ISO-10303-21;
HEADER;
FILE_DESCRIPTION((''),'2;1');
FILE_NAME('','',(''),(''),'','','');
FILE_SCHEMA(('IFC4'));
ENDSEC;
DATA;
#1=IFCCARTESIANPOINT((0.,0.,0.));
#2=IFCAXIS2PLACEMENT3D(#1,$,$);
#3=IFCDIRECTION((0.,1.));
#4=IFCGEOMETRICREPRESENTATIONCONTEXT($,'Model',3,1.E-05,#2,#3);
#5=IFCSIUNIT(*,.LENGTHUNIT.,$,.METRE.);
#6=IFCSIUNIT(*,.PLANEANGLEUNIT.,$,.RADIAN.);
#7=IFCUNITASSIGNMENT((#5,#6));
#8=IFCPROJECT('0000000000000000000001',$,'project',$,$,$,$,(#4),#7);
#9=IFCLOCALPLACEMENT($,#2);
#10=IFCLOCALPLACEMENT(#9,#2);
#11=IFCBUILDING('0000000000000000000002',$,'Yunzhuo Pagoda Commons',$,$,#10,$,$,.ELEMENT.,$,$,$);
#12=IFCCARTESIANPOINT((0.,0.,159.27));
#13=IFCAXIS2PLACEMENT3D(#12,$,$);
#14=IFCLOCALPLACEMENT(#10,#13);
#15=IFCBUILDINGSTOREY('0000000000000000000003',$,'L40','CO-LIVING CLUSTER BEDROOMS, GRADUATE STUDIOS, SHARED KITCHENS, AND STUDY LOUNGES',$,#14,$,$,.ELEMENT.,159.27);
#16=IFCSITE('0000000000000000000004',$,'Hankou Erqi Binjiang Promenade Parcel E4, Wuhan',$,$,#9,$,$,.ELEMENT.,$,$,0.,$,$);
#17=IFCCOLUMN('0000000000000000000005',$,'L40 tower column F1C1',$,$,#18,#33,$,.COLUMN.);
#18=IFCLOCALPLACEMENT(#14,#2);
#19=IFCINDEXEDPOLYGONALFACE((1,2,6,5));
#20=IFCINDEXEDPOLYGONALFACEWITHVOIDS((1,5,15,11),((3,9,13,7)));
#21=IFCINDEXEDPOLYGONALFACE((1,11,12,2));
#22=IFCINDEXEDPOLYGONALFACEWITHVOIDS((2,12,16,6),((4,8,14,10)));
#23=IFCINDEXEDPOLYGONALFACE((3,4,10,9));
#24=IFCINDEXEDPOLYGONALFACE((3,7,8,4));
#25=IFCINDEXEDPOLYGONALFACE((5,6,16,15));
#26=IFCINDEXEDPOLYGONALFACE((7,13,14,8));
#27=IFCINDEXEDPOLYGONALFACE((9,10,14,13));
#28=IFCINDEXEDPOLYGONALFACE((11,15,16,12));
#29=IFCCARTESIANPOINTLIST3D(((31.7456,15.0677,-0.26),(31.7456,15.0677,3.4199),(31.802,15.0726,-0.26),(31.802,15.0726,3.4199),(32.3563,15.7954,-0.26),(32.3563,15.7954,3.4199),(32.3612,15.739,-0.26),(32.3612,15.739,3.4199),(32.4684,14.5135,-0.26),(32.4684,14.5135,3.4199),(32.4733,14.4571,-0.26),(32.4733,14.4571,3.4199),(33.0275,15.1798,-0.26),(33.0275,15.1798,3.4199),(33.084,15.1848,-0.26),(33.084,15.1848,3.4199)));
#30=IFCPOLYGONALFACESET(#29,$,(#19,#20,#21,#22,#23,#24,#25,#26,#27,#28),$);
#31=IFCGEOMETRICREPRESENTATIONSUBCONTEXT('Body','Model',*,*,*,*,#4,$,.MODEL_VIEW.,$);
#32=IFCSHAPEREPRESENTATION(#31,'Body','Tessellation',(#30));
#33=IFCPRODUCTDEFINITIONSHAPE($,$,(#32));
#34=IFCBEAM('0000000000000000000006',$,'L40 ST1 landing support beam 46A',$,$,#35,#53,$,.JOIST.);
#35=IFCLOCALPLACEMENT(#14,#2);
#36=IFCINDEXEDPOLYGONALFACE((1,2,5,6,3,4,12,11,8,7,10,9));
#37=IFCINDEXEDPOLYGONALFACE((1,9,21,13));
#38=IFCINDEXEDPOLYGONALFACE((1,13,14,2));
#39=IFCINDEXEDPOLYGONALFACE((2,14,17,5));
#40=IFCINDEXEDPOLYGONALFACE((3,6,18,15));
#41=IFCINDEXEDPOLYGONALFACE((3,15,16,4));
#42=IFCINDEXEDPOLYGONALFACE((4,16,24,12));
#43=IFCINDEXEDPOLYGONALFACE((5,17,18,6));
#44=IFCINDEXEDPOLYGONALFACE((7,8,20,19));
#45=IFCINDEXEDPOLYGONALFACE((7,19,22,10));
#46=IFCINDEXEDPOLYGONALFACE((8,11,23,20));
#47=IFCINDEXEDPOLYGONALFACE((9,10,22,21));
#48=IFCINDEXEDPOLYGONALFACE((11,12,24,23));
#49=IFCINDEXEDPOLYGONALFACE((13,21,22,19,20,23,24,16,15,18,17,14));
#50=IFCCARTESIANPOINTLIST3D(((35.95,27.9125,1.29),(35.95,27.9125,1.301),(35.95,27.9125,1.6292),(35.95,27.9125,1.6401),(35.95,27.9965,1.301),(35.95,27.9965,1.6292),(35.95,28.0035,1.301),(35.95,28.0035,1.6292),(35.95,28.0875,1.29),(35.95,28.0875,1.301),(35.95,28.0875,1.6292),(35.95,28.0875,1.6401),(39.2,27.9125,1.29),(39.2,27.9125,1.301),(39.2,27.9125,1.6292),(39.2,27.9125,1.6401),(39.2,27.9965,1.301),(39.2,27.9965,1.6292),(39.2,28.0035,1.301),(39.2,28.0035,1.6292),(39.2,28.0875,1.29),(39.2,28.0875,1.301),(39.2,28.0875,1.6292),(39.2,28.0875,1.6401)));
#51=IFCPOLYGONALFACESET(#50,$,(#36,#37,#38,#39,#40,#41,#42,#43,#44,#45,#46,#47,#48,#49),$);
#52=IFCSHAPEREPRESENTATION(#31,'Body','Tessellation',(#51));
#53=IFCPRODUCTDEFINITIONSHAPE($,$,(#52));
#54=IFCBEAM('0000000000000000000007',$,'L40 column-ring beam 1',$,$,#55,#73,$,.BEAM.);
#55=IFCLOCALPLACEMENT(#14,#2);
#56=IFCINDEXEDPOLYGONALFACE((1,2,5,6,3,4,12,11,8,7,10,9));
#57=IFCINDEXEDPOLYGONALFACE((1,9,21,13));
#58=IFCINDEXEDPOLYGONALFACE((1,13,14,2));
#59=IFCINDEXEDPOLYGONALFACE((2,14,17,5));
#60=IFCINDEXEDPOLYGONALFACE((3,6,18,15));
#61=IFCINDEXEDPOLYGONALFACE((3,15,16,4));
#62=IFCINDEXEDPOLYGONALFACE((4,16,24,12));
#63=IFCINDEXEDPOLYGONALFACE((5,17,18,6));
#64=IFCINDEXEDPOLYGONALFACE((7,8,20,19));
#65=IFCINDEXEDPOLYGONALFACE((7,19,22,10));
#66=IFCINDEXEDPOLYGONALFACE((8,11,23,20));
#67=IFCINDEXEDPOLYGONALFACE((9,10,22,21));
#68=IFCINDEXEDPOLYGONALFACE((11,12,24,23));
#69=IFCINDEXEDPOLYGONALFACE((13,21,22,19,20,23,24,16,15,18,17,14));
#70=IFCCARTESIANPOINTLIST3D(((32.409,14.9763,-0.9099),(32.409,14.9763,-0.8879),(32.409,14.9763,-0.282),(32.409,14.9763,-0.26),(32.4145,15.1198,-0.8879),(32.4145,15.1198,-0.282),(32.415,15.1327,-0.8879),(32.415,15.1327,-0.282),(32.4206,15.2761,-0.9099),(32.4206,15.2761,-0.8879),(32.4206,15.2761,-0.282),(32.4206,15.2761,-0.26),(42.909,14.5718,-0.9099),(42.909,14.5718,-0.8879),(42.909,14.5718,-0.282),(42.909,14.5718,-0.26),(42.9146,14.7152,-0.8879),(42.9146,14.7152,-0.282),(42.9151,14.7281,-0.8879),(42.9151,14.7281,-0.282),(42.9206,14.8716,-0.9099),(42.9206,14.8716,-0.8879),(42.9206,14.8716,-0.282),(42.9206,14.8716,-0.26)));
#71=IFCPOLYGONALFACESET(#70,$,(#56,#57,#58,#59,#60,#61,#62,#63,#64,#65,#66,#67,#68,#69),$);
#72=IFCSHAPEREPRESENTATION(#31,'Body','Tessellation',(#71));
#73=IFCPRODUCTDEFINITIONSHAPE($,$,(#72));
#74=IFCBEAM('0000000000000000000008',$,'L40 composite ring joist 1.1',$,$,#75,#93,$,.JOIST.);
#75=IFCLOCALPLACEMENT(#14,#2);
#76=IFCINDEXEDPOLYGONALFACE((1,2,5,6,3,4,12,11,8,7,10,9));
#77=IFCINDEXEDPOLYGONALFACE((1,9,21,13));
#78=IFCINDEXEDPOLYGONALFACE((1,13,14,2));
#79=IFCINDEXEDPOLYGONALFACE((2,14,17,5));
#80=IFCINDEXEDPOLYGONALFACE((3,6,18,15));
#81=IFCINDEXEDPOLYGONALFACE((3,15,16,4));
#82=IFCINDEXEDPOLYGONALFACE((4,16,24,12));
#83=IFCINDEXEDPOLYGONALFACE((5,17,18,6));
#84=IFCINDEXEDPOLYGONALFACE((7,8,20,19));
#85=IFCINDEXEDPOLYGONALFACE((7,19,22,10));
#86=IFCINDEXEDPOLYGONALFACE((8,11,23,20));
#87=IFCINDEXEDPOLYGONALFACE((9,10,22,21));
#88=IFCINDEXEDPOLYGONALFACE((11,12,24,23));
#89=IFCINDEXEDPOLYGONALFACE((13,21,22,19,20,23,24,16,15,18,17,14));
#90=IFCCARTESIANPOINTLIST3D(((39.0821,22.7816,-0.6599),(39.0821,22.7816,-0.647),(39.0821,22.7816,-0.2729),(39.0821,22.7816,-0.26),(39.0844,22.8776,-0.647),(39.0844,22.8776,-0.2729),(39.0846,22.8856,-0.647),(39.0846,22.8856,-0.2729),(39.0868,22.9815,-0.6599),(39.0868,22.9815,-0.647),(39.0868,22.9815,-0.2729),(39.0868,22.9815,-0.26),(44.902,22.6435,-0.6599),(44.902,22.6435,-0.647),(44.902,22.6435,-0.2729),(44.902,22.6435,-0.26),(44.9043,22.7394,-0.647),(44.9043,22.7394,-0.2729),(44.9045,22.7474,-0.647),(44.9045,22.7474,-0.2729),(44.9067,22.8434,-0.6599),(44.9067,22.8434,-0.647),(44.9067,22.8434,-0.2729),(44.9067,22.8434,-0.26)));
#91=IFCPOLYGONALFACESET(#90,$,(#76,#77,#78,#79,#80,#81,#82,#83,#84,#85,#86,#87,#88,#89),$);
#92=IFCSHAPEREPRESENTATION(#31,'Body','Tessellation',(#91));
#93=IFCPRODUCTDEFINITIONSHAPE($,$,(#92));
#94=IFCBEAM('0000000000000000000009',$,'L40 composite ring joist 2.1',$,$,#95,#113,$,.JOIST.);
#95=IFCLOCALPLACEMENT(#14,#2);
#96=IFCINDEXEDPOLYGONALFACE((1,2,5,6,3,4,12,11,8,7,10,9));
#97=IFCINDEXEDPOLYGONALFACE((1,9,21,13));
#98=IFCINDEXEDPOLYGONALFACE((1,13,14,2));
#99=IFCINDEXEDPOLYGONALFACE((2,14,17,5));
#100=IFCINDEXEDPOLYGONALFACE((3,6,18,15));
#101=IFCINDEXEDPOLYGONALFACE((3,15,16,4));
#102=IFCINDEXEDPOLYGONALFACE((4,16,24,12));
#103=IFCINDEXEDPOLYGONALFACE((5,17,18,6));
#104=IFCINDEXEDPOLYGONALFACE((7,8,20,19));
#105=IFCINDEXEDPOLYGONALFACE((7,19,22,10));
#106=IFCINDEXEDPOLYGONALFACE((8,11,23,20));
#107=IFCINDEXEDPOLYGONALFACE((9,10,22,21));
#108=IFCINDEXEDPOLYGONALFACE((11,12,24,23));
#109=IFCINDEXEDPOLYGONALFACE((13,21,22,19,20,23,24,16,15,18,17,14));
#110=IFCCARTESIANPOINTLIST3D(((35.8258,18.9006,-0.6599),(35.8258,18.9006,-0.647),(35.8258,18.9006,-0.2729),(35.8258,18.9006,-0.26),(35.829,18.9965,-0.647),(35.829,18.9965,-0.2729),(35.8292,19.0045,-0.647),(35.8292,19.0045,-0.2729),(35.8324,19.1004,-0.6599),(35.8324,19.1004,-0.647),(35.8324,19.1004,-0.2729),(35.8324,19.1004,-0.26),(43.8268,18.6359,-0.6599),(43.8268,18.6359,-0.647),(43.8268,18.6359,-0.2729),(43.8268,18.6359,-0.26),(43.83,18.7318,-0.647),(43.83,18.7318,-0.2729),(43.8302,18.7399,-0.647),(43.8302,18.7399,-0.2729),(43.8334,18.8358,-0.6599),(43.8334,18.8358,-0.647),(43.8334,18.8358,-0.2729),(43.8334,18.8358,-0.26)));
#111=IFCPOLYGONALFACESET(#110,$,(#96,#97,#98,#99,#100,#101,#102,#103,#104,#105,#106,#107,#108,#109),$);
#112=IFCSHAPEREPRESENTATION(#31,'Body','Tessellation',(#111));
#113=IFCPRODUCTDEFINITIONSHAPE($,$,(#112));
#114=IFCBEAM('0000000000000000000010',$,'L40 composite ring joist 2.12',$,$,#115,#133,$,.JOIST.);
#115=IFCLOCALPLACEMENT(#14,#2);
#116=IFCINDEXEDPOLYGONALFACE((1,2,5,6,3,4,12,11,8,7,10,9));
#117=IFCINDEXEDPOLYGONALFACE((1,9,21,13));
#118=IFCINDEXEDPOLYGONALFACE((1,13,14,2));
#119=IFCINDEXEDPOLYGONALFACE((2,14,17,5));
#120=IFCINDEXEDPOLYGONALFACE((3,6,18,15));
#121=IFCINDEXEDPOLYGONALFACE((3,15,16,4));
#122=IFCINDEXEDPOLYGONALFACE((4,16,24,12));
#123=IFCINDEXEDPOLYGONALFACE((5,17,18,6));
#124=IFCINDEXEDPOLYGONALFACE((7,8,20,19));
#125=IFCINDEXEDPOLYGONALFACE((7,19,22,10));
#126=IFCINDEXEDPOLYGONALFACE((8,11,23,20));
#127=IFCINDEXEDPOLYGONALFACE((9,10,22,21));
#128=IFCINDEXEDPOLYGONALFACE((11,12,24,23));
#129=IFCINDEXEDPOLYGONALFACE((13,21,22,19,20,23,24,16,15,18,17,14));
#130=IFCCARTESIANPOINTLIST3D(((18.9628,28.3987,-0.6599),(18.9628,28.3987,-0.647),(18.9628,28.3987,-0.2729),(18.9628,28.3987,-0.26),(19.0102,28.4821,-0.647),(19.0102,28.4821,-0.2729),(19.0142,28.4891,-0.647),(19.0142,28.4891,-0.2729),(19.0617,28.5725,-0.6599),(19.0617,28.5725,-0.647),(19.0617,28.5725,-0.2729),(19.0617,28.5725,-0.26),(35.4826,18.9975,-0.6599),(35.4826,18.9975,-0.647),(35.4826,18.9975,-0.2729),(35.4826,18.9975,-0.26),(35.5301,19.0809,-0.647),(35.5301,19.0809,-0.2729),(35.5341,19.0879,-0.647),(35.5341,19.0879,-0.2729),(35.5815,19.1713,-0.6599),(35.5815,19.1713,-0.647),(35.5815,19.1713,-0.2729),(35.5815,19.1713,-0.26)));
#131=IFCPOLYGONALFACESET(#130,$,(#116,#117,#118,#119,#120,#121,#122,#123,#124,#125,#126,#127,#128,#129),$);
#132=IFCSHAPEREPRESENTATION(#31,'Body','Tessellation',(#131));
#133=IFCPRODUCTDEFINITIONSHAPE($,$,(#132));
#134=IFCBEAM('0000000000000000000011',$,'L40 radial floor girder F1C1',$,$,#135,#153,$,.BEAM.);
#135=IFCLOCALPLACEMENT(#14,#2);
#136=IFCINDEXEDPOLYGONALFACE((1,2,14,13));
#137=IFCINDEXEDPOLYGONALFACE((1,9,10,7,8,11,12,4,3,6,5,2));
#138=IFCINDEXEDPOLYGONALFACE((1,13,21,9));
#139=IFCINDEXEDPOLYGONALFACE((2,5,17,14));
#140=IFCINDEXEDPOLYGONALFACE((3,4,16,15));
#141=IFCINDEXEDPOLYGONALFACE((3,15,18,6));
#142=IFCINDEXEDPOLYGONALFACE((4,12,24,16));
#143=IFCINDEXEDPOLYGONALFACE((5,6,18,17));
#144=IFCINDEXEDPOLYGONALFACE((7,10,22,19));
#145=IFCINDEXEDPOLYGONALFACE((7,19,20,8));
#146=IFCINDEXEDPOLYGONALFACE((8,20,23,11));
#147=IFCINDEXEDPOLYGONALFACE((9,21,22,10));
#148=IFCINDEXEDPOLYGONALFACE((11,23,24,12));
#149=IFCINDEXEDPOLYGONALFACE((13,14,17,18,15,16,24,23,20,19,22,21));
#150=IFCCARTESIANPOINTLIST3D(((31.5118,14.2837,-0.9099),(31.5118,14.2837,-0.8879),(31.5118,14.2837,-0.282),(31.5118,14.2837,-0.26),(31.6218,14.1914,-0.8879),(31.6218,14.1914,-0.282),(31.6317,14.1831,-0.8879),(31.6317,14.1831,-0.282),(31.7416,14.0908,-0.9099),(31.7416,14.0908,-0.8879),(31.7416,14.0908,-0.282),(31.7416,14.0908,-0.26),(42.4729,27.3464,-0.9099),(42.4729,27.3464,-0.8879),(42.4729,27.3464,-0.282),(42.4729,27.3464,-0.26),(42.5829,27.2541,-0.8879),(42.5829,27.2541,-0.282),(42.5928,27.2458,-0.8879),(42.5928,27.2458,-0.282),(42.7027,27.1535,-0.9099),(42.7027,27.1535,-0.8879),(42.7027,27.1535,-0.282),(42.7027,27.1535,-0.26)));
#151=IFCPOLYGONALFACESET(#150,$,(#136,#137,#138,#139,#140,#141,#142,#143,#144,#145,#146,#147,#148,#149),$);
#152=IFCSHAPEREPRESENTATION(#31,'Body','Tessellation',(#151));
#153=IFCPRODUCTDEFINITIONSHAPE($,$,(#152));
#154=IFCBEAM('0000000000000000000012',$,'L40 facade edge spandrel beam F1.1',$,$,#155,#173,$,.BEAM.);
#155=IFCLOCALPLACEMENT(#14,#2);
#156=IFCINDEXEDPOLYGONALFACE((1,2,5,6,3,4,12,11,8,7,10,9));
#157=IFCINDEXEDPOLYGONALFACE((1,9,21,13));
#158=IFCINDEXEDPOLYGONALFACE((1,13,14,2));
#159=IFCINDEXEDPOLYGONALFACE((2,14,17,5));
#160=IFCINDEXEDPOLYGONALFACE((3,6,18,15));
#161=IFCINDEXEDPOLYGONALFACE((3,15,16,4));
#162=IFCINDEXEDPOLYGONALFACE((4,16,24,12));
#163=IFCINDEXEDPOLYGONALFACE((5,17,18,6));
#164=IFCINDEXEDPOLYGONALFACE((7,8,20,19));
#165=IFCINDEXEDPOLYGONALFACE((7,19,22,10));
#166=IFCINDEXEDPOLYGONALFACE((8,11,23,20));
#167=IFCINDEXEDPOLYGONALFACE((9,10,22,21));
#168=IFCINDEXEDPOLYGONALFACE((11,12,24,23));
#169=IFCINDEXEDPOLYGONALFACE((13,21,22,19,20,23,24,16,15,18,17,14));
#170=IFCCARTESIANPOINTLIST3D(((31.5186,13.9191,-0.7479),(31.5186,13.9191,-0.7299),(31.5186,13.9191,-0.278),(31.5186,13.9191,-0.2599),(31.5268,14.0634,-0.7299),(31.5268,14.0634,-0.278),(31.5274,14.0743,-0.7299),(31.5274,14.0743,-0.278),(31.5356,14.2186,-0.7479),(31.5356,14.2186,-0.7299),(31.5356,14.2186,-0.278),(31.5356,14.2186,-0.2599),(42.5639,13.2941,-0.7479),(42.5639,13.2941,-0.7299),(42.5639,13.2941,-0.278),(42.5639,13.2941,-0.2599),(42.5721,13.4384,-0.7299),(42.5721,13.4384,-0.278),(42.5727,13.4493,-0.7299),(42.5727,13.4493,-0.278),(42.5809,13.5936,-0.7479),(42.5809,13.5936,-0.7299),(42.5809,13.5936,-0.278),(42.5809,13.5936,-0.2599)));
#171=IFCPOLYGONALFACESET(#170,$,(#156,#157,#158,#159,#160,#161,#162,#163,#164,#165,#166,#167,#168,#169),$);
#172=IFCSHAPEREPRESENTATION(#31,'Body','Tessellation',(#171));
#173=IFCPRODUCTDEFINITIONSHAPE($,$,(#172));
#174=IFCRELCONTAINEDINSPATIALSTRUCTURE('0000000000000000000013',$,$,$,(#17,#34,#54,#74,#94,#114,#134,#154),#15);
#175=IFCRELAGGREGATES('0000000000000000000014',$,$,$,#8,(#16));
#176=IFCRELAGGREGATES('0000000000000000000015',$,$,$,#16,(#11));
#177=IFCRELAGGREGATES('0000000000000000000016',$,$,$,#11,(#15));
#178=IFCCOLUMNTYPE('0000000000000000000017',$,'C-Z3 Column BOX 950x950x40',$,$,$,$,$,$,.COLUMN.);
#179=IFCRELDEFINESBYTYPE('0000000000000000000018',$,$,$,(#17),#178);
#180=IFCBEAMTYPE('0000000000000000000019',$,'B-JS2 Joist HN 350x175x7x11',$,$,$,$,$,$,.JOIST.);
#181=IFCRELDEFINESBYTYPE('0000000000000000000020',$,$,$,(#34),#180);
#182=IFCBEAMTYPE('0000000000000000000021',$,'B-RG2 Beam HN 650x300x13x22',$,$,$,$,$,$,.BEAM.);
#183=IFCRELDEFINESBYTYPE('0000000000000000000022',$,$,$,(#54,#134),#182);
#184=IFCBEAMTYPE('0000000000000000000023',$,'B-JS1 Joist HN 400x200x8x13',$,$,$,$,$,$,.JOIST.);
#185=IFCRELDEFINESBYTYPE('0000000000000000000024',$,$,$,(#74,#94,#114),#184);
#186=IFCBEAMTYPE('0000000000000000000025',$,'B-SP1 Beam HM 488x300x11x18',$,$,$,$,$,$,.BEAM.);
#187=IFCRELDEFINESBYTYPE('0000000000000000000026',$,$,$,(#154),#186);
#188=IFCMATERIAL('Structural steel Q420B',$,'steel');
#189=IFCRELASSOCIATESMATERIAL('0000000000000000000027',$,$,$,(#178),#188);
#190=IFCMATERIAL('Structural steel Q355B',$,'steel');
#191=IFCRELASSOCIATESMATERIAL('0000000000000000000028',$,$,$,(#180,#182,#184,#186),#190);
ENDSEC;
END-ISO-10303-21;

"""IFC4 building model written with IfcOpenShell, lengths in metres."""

from ifc_helpers import new_model, si_unit, direction, frame, origin, origin_2d, place, context, subcontext, project, spatial, hollow_rectangle, i_section, extrude, source, transform, mapped, material, material_profile, profile_set, type_object, element, save


model = new_model("IFC4")

# Units and contexts
model_context = context("Model", 3, precision=1e-05, world=origin(), true_north=direction((0.0, 1.0)))
body_context = subcontext(model_context, "Body", "Model", "MODEL_VIEW")
ifc_project = project(units=[si_unit("LENGTHUNIT", "METRE"), si_unit("PLANEANGLEUNIT", "RADIAN")], contexts=[model_context])

# Site, building, storey
site_placement = place(None, origin())
site = spatial("IfcSite", under=ifc_project, at=site_placement, Name="Hankou Erqi Binjiang Promenade Parcel E4, Wuhan", CompositionType="ELEMENT", RefElevation=0.0)
building_placement = place(site_placement, origin())
building = spatial("IfcBuilding", under=site, at=building_placement, Name="Yunzhuo Pagoda Commons", CompositionType="ELEMENT")
storey_placement = place(building_placement, frame((0.0, 0.0, 159.27)))
storey = spatial("IfcBuildingStorey", under=building, at=storey_placement, Name="L40", Description="CO-LIVING CLUSTER BEDROOMS, GRADUATE STUDIOS, SHARED KITCHENS, AND STUDY LOUNGES", CompositionType="ELEMENT", Elevation=159.27)

# Column
ifc_material_1 = material(Name="Structural steel Q420B", Category="steel")
ifc_material_profile_1 = material_profile(ifc_material_1, hollow_rectangle(XDim=0.95, YDim=0.95, WallThickness=0.04, at=origin_2d()), Name="Structural steel Q420B")
ifc_profile_set_1 = profile_set([ifc_material_profile_1], Name="Structural steel Q420B")
column_type = type_object("IfcColumnType", Name="C-Z3 Column BOX 950x950x40", PredefinedType="COLUMN", material=ifc_profile_set_1)
shared_shape_1 = source(origin(), body_context, "Body", "SweptSolid", [
    extrude(hollow_rectangle(XDim=0.95, YDim=0.95, WallThickness=0.04, at=origin_2d()), origin(), (0.0, 0.0, 1.0), 3.6799),
])
column_placement = place(storey_placement, frame((32.4148, 15.1262, -0.26), z_axis=(0.0, 0.0, 1.0), x_axis=(0.766044, -0.642788, 0.0)))
element("IfcColumn", 1, at=column_placement, inside=storey, type_object=column_type, Name="L40 tower column F1C1", PredefinedType="COLUMN", context=body_context, shape_type="MappedRepresentation", body=[
    mapped(shared_shape_1, transform((0.0, 0.0, 0.0), scale=1.0)),
])

# Beams
ifc_material_2 = material(Name="Structural steel Q355B", Category="steel")
ifc_material_profile_2 = material_profile(ifc_material_2, i_section(OverallWidth=0.175, OverallDepth=0.3501, WebThickness=0.0071, FlangeThickness=0.011, at=origin_2d()), Name="Structural steel Q355B")
ifc_profile_set_2 = profile_set([ifc_material_profile_2], Name="Structural steel Q355B")
beam_type_1 = type_object("IfcBeamType", Name="B-JS2 Joist HN 350x175x7x11", PredefinedType="JOIST", material=ifc_profile_set_2)
shared_shape_2 = source(origin(), body_context, "Body", "SweptSolid", [
    extrude(i_section(OverallWidth=0.175, OverallDepth=0.3501, WebThickness=0.0071, FlangeThickness=0.011, at=origin_2d()), origin(), (0.0, 0.0, 1.0), 3.25),
])
beam_1_placement = place(storey_placement, frame((35.95, 28.0, 1.4651), z_axis=(1.0, 0.0, 0.0), x_axis=(0.0, 1.0, 0.0)))
element("IfcBeam", 2, at=beam_1_placement, inside=storey, type_object=beam_type_1, Name="L40 ST1 landing support beam 46A", PredefinedType="JOIST", context=body_context, shape_type="MappedRepresentation", body=[
    mapped(shared_shape_2, transform((0.0, 0.0, 0.0), scale=1.0)),
])
ifc_material_profile_3 = material_profile(ifc_material_2, i_section(OverallWidth=0.3, OverallDepth=0.6499, WebThickness=0.0129, FlangeThickness=0.022, at=origin_2d()), Name="Structural steel Q355B")
ifc_profile_set_3 = profile_set([ifc_material_profile_3], Name="Structural steel Q355B")
beam_type_2 = type_object("IfcBeamType", Name="B-RG2 Beam HN 650x300x13x22", PredefinedType="BEAM", material=ifc_profile_set_3)
shared_shape_3 = source(origin(), body_context, "Body", "SweptSolid", [
    extrude(i_section(OverallWidth=0.3, OverallDepth=0.6499, WebThickness=0.0129, FlangeThickness=0.022, at=origin_2d()), origin(), (0.0, 0.0, 1.0), 10.5078),
])
beam_2_placement = place(storey_placement, frame((32.4148, 15.1262, -0.585), z_axis=(0.999259, -0.038499, 0.0), x_axis=(0.038499, 0.999259, 0.0)))
element("IfcBeam", 3, at=beam_2_placement, inside=storey, type_object=beam_type_2, Name="L40 column-ring beam 1", PredefinedType="BEAM", context=body_context, shape_type="MappedRepresentation", body=[
    mapped(shared_shape_3, transform((0.0, 0.0, 0.0), scale=1.0)),
])
ifc_material_profile_4 = material_profile(ifc_material_2, i_section(OverallWidth=0.2, OverallDepth=0.3999, WebThickness=0.0081, FlangeThickness=0.0129, at=origin_2d()), Name="Structural steel Q355B")
ifc_profile_set_4 = profile_set([ifc_material_profile_4], Name="Structural steel Q355B")
beam_type_3 = type_object("IfcBeamType", Name="B-JS1 Joist HN 400x200x8x13", PredefinedType="JOIST", material=ifc_profile_set_4)
shared_shape_4 = source(origin(), body_context, "Body", "SweptSolid", [
    extrude(i_section(OverallWidth=0.2, OverallDepth=0.3999, WebThickness=0.0081, FlangeThickness=0.0129, at=origin_2d()), origin(), (0.0, 0.0, 1.0), 5.8215),
])
beam_3_placement = place(storey_placement, frame((39.0845, 22.8816, -0.46), z_axis=(0.999718, -0.023737, 0.0), x_axis=(0.023737, 0.999718, 0.0)))
element("IfcBeam", 4, at=beam_3_placement, inside=storey, type_object=beam_type_3, Name="L40 composite ring joist 1.1", PredefinedType="JOIST", context=body_context, shape_type="MappedRepresentation", body=[
    mapped(shared_shape_4, transform((0.0, 0.0, 0.0), scale=1.0)),
])
shared_shape_5 = source(origin(), body_context, "Body", "SweptSolid", [
    extrude(i_section(OverallWidth=0.2, OverallDepth=0.3999, WebThickness=0.0081, FlangeThickness=0.0129, at=origin_2d()), origin(), (0.0, 0.0, 1.0), 8.0054),
])
beam_4_placement = place(storey_placement, frame((35.8291, 19.0005, -0.46), z_axis=(0.999453, -0.033059, 0.0), x_axis=(0.033059, 0.999453, 0.0)))
element("IfcBeam", 5, at=beam_4_placement, inside=storey, type_object=beam_type_3, Name="L40 composite ring joist 2.1", PredefinedType="JOIST", context=body_context, shape_type="MappedRepresentation", body=[
    mapped(shared_shape_5, transform((0.0, 0.0, 0.0), scale=1.0)),
])
shared_shape_6 = source(origin(), body_context, "Body", "SweptSolid", [
    extrude(i_section(OverallWidth=0.2, OverallDepth=0.3999, WebThickness=0.0081, FlangeThickness=0.0129, at=origin_2d()), origin(), (0.0, 0.0, 1.0), 19.0076),
])
beam_5_placement = place(storey_placement, frame((19.0122, 28.4856, -0.46), z_axis=(0.86912, -0.494601, 0.0), x_axis=(0.494601, 0.86912, 0.0)))
element("IfcBeam", 6, at=beam_5_placement, inside=storey, type_object=beam_type_3, Name="L40 composite ring joist 2.12", PredefinedType="JOIST", context=body_context, shape_type="MappedRepresentation", body=[
    mapped(shared_shape_6, transform((0.0, 0.0, 0.0), scale=1.0)),
])
shared_shape_7 = source(origin(), body_context, "Body", "SweptSolid", [
    extrude(i_section(OverallWidth=0.3, OverallDepth=0.6499, WebThickness=0.0129, FlangeThickness=0.022, at=origin_2d()), origin(), (0.0, 0.0, 1.0), 17.0522),
])
beam_6_placement = place(storey_placement, frame((31.6267, 14.1873, -0.585), z_axis=(0.642796, 0.766038, 0.0), x_axis=(-0.766038, 0.642796, 0.0)))
element("IfcBeam", 7, at=beam_6_placement, inside=storey, type_object=beam_type_2, Name="L40 radial floor girder F1C1", PredefinedType="BEAM", context=body_context, shape_type="MappedRepresentation", body=[
    mapped(shared_shape_7, transform((0.0, 0.0, 0.0), scale=1.0)),
])
ifc_material_profile_5 = material_profile(ifc_material_2, i_section(OverallWidth=0.3, OverallDepth=0.488, WebThickness=0.011, FlangeThickness=0.0181, at=origin_2d()), Name="Structural steel Q355B")
ifc_profile_set_5 = profile_set([ifc_material_profile_5], Name="Structural steel Q355B")
beam_type_4 = type_object("IfcBeamType", Name="B-SP1 Beam HM 488x300x11x18", PredefinedType="BEAM", material=ifc_profile_set_5)
shared_shape_8 = source(origin(), body_context, "Body", "SweptSolid", [
    extrude(i_section(OverallWidth=0.3, OverallDepth=0.488, WebThickness=0.011, FlangeThickness=0.0181, at=origin_2d()), origin(), (0.0, 0.0, 1.0), 11.063),
])
beam_7_placement = place(storey_placement, frame((31.5271, 14.0688, -0.5039), z_axis=(0.998403, -0.056494, 0.0), x_axis=(0.056494, 0.998403, 0.0)))
element("IfcBeam", 8, at=beam_7_placement, inside=storey, type_object=beam_type_4, Name="L40 facade edge spandrel beam F1.1", PredefinedType="BEAM", context=body_context, shape_type="MappedRepresentation", body=[
    mapped(shared_shape_8, transform((0.0, 0.0, 0.0), scale=1.0)),
])

save(model, "model.ifc")
